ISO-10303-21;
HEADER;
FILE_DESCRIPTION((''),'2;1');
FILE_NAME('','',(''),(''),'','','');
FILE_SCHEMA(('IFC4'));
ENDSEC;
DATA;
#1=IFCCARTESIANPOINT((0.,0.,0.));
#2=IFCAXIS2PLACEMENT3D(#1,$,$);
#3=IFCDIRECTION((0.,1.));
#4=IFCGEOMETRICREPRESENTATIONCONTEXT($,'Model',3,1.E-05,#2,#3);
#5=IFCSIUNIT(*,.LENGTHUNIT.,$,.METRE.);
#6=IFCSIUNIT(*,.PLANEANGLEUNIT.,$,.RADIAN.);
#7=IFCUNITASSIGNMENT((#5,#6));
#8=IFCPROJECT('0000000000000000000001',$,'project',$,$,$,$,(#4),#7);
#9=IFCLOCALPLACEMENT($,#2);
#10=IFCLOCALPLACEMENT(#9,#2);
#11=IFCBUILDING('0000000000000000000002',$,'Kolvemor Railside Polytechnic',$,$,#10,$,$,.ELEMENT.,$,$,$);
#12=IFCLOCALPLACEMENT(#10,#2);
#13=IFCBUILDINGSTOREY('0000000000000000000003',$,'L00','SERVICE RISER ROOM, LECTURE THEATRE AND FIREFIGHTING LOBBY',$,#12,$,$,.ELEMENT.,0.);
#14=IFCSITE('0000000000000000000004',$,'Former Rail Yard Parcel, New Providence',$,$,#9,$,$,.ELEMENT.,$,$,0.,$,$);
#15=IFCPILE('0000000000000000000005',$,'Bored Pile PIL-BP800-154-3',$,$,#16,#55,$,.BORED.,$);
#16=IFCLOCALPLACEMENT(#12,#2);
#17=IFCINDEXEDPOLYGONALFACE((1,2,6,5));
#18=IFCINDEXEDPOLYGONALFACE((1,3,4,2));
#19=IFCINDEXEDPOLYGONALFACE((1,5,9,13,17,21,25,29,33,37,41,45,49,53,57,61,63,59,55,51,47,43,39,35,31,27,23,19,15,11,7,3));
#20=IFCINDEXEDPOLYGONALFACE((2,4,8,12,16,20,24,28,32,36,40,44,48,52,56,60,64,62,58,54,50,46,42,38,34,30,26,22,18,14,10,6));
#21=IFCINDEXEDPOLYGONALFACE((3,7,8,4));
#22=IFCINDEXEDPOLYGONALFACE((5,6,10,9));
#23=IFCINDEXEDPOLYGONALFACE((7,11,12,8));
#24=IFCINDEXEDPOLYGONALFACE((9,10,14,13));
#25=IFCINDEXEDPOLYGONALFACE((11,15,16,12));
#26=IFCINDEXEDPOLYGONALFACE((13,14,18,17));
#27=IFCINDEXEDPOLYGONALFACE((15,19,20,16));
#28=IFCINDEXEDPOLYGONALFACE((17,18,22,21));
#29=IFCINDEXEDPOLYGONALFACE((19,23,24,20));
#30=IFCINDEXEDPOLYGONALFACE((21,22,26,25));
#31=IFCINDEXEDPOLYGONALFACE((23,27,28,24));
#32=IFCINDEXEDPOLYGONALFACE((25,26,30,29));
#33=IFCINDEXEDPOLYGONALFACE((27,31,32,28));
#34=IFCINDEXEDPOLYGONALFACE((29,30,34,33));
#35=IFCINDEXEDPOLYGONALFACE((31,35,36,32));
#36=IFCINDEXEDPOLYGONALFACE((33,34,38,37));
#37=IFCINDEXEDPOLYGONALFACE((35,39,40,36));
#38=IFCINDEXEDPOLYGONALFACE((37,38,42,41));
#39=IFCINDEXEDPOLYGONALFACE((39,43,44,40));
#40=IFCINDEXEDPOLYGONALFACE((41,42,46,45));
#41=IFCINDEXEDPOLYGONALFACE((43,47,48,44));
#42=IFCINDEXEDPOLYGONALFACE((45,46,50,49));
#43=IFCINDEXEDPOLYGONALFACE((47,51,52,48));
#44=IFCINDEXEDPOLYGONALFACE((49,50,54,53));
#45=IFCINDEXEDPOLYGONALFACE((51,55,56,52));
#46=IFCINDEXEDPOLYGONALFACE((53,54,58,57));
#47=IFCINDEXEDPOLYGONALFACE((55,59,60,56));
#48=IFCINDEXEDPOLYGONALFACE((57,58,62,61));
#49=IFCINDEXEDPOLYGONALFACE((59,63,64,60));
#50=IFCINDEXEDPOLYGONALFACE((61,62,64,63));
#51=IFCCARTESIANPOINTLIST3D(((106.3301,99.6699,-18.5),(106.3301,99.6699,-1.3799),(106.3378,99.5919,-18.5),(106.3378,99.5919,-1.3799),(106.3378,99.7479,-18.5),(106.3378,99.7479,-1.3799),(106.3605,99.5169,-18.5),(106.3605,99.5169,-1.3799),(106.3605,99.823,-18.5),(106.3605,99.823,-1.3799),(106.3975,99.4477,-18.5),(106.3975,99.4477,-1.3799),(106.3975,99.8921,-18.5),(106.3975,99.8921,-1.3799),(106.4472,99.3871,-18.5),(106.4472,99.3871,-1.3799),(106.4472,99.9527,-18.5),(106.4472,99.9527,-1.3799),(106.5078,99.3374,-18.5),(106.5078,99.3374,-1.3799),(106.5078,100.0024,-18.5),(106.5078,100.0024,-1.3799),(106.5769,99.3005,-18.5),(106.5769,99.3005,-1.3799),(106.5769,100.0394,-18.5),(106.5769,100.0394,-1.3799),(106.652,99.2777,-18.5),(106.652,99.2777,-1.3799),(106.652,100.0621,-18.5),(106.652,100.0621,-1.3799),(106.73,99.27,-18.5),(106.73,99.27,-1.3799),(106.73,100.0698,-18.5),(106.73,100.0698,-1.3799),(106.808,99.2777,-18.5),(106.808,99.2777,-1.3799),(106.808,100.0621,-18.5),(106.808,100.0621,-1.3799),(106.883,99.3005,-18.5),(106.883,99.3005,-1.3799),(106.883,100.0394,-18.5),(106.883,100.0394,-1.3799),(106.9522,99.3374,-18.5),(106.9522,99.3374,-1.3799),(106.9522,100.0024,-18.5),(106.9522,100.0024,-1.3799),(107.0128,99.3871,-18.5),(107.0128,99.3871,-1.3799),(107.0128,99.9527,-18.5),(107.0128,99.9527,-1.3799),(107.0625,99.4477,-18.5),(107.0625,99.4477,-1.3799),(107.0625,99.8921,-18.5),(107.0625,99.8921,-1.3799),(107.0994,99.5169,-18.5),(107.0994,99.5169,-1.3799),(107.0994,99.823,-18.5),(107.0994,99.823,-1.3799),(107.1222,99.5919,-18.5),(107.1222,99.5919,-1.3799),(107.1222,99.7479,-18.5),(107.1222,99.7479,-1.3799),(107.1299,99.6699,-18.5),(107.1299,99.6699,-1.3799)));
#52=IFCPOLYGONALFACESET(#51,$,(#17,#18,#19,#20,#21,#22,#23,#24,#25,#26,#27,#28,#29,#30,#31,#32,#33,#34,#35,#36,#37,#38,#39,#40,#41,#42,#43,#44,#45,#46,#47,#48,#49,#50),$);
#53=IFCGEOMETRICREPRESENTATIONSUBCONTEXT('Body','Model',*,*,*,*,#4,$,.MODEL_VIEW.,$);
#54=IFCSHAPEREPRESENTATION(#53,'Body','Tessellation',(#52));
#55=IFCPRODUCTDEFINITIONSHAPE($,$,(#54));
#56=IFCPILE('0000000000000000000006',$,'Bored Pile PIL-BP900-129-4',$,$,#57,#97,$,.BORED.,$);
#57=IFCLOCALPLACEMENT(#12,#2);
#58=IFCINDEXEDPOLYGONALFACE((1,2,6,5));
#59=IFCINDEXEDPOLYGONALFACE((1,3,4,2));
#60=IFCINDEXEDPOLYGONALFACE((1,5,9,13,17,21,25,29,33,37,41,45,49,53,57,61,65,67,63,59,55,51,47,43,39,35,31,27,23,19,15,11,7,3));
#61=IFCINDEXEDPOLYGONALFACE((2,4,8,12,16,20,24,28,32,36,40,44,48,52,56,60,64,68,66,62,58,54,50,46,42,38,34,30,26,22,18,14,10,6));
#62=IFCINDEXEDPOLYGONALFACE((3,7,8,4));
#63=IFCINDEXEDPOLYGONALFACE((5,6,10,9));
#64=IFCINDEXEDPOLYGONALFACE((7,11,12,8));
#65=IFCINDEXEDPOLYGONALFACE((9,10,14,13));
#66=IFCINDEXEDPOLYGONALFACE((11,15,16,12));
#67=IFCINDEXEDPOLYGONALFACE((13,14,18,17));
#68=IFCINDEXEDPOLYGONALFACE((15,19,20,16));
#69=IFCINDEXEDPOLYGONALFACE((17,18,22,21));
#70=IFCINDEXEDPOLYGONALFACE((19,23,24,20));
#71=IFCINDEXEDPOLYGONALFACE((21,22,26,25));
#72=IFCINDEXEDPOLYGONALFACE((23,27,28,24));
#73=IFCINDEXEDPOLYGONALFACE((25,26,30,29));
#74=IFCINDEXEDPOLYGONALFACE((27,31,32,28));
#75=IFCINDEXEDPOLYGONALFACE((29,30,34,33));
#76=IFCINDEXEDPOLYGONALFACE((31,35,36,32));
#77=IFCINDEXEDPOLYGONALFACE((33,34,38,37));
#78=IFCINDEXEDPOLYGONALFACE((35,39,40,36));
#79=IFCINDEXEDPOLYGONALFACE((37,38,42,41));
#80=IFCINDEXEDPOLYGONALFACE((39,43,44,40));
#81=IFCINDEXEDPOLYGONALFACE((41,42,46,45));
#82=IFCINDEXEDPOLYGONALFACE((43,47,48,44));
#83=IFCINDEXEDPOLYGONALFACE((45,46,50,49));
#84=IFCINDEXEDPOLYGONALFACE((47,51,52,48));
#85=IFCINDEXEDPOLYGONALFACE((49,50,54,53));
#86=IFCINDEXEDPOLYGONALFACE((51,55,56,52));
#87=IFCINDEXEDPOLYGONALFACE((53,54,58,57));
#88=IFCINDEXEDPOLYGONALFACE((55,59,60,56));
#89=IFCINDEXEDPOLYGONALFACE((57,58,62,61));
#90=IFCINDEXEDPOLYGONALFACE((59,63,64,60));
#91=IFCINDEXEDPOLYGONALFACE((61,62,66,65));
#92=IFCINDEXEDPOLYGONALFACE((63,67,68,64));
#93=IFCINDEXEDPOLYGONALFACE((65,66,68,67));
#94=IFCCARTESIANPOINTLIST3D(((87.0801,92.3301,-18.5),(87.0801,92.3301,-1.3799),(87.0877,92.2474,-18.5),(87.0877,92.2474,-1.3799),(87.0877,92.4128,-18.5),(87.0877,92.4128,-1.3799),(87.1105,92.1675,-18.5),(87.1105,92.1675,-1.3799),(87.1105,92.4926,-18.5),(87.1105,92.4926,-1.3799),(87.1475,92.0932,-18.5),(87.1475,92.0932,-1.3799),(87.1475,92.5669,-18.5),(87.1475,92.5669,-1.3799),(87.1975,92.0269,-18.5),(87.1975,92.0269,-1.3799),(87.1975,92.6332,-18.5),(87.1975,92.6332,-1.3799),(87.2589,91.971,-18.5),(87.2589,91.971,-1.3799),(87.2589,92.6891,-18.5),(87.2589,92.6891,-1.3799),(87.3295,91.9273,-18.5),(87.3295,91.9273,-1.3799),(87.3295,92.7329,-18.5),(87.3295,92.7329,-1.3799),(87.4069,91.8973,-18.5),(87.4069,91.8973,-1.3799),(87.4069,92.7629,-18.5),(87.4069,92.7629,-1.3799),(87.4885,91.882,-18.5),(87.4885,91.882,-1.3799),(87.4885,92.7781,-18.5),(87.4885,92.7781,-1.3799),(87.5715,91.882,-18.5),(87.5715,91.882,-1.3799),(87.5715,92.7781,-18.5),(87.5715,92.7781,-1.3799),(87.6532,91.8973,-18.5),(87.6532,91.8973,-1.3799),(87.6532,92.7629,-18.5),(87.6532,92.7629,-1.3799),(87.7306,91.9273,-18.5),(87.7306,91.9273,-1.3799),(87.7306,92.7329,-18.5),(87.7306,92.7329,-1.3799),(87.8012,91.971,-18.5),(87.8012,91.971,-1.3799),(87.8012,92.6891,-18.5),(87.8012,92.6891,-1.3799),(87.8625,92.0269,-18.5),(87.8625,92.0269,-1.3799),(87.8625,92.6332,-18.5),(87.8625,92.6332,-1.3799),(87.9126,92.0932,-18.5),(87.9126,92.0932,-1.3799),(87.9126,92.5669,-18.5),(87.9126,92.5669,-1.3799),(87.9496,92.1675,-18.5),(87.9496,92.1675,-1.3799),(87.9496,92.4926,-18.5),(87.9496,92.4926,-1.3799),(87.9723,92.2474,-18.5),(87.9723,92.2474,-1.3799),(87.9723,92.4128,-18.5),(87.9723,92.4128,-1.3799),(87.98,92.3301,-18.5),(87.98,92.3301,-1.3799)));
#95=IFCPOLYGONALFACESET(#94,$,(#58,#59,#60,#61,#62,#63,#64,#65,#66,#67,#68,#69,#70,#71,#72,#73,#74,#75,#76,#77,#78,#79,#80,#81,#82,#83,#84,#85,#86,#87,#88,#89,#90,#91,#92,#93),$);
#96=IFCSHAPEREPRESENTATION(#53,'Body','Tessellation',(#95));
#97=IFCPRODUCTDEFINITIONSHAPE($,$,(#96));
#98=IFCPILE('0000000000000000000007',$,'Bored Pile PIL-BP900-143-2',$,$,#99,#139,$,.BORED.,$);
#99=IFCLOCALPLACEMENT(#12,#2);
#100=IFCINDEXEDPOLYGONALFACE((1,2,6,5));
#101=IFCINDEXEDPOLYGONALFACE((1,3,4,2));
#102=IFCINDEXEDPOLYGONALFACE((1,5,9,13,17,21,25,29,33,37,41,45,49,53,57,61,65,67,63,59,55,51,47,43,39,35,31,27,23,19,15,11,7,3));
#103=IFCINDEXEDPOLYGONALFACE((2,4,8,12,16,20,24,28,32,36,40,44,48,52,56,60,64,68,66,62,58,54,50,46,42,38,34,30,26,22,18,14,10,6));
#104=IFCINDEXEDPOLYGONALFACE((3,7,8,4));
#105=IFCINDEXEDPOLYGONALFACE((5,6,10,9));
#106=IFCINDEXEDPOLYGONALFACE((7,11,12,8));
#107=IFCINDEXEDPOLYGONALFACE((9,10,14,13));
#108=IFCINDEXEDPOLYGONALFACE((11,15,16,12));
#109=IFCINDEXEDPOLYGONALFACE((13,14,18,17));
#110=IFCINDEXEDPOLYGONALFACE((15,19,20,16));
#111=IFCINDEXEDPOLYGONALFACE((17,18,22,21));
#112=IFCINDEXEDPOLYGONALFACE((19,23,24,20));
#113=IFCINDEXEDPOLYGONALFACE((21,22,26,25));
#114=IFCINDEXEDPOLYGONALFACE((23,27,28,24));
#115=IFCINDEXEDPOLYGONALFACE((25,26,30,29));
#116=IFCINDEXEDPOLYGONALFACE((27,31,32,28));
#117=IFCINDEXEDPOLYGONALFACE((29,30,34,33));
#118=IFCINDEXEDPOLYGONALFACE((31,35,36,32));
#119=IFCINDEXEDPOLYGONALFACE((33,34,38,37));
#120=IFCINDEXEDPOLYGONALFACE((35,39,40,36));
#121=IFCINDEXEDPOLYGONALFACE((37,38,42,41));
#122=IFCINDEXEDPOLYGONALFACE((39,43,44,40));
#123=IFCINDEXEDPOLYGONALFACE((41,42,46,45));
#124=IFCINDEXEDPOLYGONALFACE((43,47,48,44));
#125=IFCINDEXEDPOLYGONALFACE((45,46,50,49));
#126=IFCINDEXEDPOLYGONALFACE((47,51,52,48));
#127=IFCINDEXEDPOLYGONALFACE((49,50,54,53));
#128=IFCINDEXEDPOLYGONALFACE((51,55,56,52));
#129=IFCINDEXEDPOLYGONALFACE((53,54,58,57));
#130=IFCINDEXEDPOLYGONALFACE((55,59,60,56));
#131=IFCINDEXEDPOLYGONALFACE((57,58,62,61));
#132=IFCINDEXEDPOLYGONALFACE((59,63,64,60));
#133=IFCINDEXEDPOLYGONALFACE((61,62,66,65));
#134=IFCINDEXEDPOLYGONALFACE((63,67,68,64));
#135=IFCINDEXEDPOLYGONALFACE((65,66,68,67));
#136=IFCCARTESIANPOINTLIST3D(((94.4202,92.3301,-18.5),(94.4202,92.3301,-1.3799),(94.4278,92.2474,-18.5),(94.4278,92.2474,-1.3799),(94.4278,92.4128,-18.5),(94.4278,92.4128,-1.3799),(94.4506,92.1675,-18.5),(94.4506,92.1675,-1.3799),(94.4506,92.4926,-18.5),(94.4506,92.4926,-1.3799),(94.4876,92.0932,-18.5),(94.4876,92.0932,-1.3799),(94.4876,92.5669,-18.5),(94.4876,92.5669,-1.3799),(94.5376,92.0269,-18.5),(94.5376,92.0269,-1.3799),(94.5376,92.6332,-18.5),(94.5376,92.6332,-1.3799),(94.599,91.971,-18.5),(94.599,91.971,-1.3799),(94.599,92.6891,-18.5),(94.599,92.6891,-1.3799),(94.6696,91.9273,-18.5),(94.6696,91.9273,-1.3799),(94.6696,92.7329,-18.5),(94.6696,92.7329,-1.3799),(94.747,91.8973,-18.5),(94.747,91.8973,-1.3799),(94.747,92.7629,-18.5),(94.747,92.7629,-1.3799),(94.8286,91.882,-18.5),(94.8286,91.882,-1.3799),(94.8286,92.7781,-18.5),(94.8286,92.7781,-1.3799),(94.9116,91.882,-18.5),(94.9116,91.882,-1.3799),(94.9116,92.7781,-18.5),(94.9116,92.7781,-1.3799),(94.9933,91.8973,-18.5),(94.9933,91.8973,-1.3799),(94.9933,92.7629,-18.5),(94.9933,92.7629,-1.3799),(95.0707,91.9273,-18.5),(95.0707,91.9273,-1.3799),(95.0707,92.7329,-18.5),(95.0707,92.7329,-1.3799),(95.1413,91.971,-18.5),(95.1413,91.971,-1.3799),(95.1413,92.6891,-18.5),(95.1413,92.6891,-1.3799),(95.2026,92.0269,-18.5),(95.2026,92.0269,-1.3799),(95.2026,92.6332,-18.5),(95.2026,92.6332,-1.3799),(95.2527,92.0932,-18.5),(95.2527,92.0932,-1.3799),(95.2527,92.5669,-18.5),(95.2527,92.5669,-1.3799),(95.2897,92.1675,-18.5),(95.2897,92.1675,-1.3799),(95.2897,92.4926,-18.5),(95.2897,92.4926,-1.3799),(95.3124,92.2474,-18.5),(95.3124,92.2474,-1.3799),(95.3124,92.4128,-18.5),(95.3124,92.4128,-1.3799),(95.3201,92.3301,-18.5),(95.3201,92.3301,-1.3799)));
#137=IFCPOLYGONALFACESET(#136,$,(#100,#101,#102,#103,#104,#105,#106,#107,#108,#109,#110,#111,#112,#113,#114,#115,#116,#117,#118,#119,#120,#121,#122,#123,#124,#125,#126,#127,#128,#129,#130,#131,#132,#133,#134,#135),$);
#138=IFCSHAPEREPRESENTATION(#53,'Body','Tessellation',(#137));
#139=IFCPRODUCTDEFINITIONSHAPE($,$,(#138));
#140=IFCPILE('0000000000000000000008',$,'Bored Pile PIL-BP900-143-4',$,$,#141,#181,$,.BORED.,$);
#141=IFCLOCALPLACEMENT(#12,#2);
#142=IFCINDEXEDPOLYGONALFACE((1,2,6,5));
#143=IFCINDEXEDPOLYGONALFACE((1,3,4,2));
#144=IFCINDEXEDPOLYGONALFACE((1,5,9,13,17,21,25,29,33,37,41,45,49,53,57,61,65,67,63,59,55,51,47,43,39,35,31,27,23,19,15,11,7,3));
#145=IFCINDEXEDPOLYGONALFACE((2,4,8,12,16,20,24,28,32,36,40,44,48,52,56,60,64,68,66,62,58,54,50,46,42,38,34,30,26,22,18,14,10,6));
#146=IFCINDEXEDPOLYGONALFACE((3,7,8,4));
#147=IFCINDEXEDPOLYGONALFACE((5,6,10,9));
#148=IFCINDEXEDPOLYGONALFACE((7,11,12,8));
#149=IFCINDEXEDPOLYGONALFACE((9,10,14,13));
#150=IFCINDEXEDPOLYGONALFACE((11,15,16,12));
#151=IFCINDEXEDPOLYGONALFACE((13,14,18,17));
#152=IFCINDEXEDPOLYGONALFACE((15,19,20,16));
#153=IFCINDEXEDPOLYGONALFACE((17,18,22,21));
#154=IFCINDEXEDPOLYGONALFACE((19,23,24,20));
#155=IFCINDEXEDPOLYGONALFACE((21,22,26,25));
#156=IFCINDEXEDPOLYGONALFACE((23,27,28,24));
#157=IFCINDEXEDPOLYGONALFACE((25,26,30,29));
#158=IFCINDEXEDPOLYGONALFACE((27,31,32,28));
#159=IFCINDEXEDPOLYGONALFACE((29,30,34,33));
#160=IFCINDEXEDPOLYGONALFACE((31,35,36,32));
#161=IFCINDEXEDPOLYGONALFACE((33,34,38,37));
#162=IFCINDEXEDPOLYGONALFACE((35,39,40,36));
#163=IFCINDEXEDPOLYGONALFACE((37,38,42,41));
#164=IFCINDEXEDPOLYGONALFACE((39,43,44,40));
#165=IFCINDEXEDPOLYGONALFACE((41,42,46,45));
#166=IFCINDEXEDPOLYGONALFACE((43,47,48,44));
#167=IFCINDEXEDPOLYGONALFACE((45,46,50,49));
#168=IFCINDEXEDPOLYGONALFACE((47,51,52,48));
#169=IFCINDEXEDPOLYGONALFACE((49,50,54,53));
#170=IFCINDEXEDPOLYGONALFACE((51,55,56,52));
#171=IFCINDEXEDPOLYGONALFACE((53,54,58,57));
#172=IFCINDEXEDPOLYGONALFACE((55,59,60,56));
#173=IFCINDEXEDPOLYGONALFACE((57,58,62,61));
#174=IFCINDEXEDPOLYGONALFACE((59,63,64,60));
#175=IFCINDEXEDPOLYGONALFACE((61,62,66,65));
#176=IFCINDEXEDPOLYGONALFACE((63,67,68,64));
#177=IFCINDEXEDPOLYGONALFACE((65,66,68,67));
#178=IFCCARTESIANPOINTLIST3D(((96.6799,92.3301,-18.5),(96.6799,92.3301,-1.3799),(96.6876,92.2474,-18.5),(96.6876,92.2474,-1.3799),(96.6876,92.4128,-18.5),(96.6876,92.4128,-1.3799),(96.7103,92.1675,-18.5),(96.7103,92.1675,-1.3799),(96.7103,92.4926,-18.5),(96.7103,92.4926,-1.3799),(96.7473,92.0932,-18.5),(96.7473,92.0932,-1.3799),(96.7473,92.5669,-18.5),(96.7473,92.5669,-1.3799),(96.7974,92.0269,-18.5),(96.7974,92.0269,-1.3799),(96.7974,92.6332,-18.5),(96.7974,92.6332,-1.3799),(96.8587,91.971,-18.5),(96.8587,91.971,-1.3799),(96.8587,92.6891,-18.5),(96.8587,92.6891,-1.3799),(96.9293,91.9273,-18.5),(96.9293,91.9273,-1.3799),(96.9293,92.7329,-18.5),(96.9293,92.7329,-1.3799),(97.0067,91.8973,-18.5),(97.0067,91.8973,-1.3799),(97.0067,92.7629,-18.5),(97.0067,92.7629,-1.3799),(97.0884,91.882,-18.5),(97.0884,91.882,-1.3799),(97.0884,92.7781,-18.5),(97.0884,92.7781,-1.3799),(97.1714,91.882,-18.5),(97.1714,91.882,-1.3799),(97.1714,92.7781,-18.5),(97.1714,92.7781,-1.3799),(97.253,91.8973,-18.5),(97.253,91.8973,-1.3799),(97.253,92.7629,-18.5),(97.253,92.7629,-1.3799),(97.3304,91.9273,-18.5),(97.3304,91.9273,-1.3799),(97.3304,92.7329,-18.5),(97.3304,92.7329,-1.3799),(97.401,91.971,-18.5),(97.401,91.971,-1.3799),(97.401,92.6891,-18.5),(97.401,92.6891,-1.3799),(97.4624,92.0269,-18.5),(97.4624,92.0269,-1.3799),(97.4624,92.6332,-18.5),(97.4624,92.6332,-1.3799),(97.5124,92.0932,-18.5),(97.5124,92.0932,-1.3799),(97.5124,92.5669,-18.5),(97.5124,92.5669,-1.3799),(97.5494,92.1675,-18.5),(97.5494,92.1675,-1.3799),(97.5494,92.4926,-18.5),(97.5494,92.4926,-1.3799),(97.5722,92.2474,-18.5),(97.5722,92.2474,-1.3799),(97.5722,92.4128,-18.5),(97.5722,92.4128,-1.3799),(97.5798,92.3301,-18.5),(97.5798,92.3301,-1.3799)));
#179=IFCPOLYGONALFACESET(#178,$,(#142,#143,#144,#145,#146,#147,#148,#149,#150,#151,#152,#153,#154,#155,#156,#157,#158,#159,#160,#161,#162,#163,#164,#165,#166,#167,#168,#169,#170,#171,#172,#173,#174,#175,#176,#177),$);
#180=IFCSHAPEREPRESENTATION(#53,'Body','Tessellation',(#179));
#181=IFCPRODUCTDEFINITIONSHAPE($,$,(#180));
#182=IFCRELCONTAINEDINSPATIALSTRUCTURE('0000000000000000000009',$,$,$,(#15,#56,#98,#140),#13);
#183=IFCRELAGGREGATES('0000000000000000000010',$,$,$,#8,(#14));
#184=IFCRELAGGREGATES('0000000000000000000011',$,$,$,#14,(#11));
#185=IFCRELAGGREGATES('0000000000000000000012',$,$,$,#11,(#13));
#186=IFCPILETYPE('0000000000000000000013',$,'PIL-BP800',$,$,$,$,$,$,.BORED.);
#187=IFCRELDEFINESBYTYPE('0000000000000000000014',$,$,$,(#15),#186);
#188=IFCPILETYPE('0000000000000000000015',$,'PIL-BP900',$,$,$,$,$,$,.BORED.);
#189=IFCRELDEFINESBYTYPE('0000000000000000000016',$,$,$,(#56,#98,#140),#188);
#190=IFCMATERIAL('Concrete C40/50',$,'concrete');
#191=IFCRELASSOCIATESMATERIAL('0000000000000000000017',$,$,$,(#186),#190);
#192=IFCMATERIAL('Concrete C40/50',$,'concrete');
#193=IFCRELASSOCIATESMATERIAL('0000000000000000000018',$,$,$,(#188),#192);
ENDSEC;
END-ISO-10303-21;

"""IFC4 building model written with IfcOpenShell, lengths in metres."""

from ifc_helpers import new_model, si_unit, direction, frame, origin, origin_2d, place, context, subcontext, project, spatial, circle, extrude, material, material_profile, profile_set, type_object, element, save


model = new_model("IFC4")

# Units and contexts
model_context = context("Model", 3, precision=1e-05, world=origin(), true_north=direction((0.0, 1.0)))
body_context = subcontext(model_context, "Body", "Model", "MODEL_VIEW")
ifc_project = project(units=[si_unit("LENGTHUNIT", "METRE"), si_unit("PLANEANGLEUNIT", "RADIAN")], contexts=[model_context])

# Site, building, storey
site_placement = place(None, origin())
site = spatial("IfcSite", under=ifc_project, at=site_placement, Name="Former Rail Yard Parcel, New Providence", CompositionType="ELEMENT", RefElevation=0.0)
building_placement = place(site_placement, origin())
building = spatial("IfcBuilding", under=site, at=building_placement, Name="Kolvemor Railside Polytechnic", CompositionType="ELEMENT")
storey_placement = place(building_placement, origin())
storey = spatial("IfcBuildingStorey", under=building, at=storey_placement, Name="L00", Description="SERVICE RISER ROOM, LECTURE THEATRE AND FIREFIGHTING LOBBY", CompositionType="ELEMENT", Elevation=0.0)

# Piles
ifc_material_1 = material(Name="Concrete C40/50", Category="concrete")
ifc_material_profile_1 = material_profile(ifc_material_1, circle(Radius=0.3999, at=origin_2d()), Name="BP800")
ifc_profile_set_1 = profile_set([ifc_material_profile_1], Name="Concrete C40/50")
pile_type_1 = type_object("IfcPileType", Name="PIL-BP800", PredefinedType="BORED", material=ifc_profile_set_1)
for number, where, z_axis, x_axis, name in (
    (1, (106.73, 99.6699, -1.3799), (0.0, 0.0, -1.0), (1.0, 0.0, 0.0), "Bored Pile PIL-BP800-154-3"),
):
    element("IfcPile", number, at=place(storey_placement, frame(where, z_axis=z_axis, x_axis=x_axis)), inside=storey, type_object=pile_type_1, Name=name, PredefinedType="BORED", context=body_context, shape_type="SweptSolid", body=[
        extrude(circle(Radius=0.3999, at=origin_2d()), origin(), (0.0, 0.0, 1.0), 17.1201),
    ])
ifc_material_2 = material(Name="Concrete C40/50", Category="concrete")
ifc_material_profile_2 = material_profile(ifc_material_2, circle(Radius=0.45, at=origin_2d()), Name="BP900")
ifc_profile_set_2 = profile_set([ifc_material_profile_2], Name="Concrete C40/50")
pile_type_2 = type_object("IfcPileType", Name="PIL-BP900", PredefinedType="BORED", material=ifc_profile_set_2)
for number, where, z_axis, x_axis, name in (
    (2, (87.53, 92.3301, -1.3799), (0.0, 0.0, -1.0), (1.0, 0.0, 0.0), "Bored Pile PIL-BP900-129-4"),
    (3, (94.8701, 92.3301, -1.3799), (0.0, 0.0, -1.0), (1.0, 0.0, 0.0), "Bored Pile PIL-BP900-143-2"),
    (4, (97.1299, 92.3301, -1.3799), (0.0, 0.0, -1.0), (1.0, 0.0, 0.0), "Bored Pile PIL-BP900-143-4"),
):
    element("IfcPile", number, at=place(storey_placement, frame(where, z_axis=z_axis, x_axis=x_axis)), inside=storey, type_object=pile_type_2, Name=name, PredefinedType="BORED", context=body_context, shape_type="SweptSolid", body=[
        extrude(circle(Radius=0.45, at=origin_2d()), origin(), (0.0, 0.0, 1.0), 17.1201),
    ])

save(model, "model.ifc")
